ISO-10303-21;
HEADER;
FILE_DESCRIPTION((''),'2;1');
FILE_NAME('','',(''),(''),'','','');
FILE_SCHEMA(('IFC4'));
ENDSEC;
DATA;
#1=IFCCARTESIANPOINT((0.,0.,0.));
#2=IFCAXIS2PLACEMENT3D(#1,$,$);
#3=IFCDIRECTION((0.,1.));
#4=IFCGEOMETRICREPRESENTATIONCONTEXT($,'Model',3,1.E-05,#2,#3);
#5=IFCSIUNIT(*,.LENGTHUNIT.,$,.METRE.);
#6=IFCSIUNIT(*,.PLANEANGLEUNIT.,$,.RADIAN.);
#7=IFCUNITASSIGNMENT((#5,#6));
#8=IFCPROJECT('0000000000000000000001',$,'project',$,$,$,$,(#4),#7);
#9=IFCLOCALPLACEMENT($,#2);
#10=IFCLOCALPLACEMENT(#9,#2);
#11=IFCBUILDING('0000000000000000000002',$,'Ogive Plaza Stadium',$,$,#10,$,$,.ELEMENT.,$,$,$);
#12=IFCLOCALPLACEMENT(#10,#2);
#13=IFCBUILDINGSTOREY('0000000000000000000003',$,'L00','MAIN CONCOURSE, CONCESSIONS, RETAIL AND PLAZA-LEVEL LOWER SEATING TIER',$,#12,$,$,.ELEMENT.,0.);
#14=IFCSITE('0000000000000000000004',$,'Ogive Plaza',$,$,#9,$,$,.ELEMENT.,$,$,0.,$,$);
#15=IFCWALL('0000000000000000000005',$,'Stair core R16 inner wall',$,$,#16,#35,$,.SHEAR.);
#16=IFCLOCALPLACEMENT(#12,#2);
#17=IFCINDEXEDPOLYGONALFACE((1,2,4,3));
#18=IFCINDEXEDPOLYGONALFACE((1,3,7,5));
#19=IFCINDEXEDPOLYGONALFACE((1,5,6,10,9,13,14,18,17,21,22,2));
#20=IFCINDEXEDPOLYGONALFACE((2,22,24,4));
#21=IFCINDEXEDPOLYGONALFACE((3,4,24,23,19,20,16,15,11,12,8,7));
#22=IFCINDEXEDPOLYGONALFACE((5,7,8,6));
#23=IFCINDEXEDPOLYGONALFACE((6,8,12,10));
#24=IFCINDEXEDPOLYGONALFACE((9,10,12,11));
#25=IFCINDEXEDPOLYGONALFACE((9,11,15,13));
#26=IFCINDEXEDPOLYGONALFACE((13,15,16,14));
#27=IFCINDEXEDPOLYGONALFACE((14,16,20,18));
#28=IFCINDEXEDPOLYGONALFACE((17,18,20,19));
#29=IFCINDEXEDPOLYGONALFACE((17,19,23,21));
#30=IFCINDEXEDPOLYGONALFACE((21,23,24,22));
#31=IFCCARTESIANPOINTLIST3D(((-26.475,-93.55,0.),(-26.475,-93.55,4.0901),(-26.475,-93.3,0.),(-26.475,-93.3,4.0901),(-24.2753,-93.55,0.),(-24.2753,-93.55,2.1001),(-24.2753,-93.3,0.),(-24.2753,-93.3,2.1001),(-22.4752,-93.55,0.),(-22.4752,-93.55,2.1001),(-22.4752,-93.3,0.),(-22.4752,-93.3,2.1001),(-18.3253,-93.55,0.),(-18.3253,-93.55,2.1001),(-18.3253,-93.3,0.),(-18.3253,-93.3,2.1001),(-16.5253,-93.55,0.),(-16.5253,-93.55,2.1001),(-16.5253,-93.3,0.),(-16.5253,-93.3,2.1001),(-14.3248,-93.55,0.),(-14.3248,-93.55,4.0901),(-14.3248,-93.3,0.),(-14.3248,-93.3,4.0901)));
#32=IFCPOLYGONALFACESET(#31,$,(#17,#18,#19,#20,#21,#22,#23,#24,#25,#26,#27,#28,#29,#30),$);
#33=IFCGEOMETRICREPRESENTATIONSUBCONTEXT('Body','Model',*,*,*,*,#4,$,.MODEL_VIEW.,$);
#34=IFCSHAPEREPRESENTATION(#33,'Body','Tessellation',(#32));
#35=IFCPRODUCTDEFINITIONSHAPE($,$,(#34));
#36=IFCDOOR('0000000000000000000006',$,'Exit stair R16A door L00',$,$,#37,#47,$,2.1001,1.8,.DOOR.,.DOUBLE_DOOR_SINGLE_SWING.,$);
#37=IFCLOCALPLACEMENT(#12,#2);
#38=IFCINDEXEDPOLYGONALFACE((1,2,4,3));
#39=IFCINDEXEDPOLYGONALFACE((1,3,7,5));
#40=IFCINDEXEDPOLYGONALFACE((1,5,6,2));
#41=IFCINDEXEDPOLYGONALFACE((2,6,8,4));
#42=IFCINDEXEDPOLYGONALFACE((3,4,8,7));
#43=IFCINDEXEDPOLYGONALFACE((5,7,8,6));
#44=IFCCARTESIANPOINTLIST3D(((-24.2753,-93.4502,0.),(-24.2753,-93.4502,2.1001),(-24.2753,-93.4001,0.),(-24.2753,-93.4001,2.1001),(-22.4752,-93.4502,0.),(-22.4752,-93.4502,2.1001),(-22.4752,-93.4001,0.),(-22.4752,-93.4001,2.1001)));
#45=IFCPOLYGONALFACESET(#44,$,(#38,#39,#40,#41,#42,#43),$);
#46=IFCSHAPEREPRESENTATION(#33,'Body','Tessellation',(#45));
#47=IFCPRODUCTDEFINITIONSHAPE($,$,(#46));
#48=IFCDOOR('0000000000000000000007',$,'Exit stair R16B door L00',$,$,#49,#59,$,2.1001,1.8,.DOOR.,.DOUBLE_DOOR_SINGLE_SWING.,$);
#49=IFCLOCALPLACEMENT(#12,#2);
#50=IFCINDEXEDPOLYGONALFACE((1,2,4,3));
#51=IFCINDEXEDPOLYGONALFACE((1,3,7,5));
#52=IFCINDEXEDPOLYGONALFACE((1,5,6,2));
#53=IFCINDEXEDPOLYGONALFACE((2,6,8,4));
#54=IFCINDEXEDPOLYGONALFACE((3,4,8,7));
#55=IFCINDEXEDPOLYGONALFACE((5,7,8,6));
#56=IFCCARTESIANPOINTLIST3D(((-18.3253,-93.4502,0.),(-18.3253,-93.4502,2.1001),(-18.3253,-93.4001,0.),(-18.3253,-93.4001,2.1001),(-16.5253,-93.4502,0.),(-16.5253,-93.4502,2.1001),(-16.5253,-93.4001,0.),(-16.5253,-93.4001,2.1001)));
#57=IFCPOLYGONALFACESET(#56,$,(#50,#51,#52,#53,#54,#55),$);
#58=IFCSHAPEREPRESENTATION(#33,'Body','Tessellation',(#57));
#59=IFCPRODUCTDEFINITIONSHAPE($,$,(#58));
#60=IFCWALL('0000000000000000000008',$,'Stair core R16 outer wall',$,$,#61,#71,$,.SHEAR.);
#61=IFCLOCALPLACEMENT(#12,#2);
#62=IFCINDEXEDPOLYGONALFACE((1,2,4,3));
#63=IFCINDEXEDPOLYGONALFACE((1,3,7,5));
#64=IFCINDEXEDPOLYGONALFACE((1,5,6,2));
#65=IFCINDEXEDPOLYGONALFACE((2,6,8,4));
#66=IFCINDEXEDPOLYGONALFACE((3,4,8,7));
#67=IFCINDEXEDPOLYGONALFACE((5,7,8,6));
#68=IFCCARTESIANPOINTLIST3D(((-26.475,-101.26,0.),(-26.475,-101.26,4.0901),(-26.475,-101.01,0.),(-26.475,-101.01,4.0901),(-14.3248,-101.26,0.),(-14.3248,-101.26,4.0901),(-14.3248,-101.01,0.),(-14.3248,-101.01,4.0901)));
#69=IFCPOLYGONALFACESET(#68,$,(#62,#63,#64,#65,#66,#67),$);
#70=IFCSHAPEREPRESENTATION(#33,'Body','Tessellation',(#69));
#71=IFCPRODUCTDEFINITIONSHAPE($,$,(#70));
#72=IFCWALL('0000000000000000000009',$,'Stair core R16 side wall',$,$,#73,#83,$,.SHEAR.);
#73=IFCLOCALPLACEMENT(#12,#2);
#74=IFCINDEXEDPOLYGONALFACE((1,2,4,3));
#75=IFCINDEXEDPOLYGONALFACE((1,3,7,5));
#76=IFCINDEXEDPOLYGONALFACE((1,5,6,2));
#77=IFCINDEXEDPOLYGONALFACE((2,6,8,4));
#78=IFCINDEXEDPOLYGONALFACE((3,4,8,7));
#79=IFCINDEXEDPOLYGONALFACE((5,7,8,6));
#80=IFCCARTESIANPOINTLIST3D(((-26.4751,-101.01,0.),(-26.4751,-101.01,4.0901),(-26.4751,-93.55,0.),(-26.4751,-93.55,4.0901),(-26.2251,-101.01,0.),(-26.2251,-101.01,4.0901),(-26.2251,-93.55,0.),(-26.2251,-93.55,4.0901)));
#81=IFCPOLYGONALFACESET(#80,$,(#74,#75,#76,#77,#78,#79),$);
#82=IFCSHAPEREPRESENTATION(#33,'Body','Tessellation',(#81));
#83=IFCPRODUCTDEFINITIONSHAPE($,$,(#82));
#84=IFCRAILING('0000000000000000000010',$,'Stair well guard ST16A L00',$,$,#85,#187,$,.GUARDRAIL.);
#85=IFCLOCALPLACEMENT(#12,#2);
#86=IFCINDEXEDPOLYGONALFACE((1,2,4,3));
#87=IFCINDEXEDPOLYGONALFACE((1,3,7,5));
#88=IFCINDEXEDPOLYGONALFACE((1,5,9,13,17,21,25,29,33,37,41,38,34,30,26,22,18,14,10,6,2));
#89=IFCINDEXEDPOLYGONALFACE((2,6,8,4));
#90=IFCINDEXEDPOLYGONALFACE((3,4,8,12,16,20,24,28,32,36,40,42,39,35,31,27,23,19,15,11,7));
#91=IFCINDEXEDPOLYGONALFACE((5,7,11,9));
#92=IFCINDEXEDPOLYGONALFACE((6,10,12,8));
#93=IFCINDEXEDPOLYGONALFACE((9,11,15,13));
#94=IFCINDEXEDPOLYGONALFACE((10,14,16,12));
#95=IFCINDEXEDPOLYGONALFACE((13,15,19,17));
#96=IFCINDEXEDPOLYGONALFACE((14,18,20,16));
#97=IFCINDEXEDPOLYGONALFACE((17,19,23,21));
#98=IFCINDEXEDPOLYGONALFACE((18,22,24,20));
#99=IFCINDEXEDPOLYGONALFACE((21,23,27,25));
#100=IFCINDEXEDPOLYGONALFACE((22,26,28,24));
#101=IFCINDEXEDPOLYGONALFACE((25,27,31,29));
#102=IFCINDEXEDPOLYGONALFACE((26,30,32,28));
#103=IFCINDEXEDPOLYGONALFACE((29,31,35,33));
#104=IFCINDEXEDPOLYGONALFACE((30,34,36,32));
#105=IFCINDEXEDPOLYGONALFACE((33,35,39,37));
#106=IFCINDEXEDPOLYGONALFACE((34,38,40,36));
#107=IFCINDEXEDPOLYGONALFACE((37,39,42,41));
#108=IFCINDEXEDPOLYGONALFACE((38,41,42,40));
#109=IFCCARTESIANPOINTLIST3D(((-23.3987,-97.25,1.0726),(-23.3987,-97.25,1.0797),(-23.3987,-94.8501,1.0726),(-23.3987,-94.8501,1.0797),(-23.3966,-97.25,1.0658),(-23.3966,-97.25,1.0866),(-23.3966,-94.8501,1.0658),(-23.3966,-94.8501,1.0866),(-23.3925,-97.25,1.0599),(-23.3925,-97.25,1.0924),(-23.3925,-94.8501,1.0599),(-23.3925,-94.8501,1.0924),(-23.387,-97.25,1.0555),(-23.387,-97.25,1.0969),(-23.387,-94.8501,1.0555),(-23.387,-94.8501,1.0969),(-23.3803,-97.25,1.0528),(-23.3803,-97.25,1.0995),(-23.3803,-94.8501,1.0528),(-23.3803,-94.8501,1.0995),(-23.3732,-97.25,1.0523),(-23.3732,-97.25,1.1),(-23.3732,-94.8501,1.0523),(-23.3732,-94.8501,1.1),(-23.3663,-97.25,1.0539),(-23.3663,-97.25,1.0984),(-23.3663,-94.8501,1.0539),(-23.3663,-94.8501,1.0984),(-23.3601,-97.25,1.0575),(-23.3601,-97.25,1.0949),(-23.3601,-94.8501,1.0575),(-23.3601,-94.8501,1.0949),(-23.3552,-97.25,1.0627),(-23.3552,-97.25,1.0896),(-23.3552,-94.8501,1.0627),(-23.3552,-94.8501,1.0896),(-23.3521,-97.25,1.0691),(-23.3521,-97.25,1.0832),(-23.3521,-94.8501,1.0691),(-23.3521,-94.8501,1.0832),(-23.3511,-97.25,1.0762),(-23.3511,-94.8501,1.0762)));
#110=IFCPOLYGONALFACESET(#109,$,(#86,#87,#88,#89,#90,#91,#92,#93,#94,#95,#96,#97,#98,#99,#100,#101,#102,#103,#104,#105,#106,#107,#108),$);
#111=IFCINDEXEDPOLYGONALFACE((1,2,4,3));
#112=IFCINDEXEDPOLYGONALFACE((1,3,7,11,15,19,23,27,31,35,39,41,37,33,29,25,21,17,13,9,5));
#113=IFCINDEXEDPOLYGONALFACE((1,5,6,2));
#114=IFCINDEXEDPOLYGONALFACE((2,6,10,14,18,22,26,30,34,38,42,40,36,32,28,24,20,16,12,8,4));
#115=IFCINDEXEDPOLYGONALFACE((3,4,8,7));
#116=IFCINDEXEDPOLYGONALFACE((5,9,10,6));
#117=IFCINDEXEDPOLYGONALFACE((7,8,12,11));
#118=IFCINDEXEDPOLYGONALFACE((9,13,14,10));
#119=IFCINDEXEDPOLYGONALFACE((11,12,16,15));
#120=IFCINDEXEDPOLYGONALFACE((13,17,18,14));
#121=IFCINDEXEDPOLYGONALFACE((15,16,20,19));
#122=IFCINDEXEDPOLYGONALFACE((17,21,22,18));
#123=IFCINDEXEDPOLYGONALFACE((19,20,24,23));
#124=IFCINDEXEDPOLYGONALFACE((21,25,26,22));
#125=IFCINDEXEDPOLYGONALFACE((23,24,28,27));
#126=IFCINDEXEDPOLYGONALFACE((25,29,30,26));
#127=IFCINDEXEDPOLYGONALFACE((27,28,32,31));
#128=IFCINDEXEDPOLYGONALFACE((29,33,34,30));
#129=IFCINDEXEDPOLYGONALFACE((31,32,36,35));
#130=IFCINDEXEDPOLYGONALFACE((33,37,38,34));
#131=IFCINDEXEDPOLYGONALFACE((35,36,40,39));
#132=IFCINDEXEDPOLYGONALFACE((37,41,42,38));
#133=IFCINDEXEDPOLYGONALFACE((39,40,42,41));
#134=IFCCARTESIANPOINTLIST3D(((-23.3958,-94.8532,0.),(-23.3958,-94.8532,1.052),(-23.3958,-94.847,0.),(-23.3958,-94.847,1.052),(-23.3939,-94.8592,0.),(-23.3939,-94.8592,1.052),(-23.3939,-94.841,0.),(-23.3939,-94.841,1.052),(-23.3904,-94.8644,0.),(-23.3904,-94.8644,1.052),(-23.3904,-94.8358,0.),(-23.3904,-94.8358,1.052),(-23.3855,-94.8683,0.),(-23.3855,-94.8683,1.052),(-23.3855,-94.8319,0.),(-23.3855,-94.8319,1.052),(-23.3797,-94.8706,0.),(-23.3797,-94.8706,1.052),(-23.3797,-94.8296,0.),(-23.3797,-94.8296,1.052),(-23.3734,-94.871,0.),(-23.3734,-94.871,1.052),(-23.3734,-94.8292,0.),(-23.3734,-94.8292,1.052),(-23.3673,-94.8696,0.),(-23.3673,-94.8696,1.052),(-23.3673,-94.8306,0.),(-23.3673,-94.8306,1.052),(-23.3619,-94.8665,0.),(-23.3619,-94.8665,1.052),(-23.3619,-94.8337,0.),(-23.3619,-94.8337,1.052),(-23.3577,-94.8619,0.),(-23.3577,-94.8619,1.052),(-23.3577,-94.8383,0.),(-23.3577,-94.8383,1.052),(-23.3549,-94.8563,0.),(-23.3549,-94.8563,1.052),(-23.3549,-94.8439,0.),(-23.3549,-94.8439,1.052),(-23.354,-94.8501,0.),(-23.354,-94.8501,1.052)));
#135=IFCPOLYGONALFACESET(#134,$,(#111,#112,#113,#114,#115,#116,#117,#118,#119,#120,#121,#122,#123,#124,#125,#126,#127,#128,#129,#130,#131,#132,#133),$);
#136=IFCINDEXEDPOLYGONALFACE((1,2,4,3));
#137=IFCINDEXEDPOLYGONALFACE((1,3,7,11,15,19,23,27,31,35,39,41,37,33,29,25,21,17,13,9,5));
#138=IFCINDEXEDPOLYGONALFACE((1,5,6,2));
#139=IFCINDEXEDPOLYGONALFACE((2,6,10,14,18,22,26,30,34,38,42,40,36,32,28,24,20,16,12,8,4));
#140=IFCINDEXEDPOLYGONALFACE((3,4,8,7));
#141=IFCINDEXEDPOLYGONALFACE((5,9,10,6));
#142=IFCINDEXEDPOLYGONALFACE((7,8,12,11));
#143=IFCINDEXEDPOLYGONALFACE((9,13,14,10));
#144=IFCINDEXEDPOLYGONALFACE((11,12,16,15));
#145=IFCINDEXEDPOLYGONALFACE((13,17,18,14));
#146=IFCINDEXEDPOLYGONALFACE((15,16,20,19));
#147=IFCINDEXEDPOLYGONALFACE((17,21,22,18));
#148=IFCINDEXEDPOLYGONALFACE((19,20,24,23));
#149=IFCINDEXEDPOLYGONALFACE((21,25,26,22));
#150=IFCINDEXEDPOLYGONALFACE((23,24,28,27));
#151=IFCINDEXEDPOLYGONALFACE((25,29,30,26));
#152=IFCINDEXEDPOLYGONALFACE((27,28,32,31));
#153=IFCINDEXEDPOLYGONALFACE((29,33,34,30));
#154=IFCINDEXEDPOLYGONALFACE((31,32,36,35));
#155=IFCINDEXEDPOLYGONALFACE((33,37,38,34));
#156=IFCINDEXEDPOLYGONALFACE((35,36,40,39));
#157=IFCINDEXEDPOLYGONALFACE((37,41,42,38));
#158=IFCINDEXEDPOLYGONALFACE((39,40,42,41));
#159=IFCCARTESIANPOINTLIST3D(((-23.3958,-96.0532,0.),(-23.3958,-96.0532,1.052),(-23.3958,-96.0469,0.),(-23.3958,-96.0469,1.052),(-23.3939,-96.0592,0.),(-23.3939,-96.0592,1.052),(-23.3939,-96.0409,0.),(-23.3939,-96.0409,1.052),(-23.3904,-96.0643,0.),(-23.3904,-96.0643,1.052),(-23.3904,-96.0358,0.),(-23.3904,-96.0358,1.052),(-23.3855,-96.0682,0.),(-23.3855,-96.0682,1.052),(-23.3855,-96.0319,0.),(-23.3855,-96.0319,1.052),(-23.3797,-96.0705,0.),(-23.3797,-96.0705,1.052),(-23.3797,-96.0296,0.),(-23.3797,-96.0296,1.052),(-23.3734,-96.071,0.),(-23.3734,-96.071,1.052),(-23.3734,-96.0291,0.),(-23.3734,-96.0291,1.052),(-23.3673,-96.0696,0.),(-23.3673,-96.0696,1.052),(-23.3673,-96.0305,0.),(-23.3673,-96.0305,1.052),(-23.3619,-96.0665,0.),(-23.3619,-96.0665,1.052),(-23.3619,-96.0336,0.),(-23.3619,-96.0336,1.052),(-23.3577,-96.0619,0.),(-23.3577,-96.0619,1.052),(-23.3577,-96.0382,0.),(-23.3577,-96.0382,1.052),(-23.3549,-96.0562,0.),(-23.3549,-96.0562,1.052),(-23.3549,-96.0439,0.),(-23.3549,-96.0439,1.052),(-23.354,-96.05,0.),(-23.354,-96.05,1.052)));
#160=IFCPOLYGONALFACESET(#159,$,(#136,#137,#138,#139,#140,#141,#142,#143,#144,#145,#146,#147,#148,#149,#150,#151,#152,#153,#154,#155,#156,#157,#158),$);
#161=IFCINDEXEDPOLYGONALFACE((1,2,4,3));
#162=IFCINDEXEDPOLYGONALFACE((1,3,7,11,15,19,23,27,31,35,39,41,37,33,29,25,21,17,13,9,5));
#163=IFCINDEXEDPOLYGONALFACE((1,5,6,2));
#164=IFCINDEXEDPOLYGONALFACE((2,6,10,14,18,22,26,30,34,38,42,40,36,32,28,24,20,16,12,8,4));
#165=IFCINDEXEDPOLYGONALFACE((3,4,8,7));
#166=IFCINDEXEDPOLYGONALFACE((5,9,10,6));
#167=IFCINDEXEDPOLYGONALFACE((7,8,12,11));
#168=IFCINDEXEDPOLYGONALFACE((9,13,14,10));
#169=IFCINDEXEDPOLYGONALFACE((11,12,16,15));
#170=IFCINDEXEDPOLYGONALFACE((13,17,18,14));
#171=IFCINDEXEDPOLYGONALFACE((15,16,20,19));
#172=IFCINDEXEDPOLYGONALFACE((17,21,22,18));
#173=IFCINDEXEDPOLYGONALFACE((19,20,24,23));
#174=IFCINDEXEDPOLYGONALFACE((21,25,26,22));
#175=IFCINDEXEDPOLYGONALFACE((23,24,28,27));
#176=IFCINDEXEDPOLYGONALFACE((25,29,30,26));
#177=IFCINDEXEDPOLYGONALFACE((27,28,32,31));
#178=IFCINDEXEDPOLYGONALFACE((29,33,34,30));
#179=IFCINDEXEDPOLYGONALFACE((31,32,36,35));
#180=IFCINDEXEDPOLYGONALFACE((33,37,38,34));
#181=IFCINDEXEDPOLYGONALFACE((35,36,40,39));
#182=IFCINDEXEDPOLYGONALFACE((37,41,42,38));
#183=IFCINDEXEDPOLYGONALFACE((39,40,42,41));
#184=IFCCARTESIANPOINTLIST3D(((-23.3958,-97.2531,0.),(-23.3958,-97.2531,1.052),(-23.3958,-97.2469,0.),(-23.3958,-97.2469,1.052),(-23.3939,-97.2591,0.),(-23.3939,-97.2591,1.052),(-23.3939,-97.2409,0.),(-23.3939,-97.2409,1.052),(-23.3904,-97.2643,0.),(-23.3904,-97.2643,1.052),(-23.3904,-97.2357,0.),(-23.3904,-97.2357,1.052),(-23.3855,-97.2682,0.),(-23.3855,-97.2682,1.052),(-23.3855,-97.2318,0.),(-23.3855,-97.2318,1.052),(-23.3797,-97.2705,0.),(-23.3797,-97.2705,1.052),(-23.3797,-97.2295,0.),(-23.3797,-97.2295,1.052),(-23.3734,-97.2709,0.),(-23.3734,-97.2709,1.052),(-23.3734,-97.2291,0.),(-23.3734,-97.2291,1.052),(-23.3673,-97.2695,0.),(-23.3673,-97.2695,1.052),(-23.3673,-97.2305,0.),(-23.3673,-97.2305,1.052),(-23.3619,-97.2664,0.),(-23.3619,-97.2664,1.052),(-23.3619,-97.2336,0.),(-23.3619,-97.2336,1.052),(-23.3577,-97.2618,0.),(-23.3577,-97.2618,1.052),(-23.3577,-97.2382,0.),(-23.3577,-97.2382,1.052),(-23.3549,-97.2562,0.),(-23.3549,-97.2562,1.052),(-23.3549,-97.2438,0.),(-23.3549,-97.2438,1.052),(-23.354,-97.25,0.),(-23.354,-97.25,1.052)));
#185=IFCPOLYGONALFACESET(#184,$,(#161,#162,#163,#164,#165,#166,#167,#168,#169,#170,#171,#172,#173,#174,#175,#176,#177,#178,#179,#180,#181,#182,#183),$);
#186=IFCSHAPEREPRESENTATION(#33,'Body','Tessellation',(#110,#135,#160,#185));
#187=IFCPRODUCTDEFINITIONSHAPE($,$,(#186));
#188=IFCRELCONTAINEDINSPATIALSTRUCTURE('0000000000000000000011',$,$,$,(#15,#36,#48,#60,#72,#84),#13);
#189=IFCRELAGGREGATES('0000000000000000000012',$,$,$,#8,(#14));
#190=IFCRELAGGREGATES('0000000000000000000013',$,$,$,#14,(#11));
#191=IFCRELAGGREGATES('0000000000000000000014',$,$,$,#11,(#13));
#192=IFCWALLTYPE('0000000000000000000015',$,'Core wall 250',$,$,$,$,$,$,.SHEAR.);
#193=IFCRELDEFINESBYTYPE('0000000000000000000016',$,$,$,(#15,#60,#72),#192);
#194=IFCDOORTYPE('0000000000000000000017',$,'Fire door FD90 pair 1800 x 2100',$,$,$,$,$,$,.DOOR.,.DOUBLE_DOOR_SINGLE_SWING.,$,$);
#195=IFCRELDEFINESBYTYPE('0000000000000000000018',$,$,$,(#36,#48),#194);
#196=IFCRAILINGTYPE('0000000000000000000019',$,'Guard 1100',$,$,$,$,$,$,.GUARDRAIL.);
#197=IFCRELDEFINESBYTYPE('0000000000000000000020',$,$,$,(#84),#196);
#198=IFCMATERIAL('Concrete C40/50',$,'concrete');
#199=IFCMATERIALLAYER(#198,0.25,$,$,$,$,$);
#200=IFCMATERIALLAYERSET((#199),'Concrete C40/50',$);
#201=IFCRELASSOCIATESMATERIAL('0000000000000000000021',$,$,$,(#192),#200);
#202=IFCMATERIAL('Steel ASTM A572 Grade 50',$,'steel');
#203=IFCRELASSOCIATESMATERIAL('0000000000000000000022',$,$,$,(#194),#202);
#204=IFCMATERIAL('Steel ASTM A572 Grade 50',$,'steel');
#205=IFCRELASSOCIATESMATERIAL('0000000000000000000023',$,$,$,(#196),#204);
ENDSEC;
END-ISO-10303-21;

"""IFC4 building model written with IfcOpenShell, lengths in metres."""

from ifc_helpers import new_model, si_unit, direction, frame, frame_2d, origin, origin_2d, place, context, subcontext, project, spatial, rectangle, circle, extrude, material, layer, layer_set, type_object, element, fill, save


model = new_model("IFC4")

# Units and contexts
model_context = context("Model", 3, precision=1e-05, world=origin(), true_north=direction((0.0, 1.0)))
body_context = subcontext(model_context, "Body", "Model", "MODEL_VIEW")
ifc_project = project(units=[si_unit("LENGTHUNIT", "METRE"), si_unit("PLANEANGLEUNIT", "RADIAN")], contexts=[model_context])

# Site, building, storey
site_placement = place(None, origin())
site = spatial("IfcSite", under=ifc_project, at=site_placement, Name="Ogive Plaza", CompositionType="ELEMENT", RefElevation=0.0)
building_placement = place(site_placement, origin())
building = spatial("IfcBuilding", under=site, at=building_placement, Name="Ogive Plaza Stadium", CompositionType="ELEMENT")
storey_placement = place(building_placement, origin())
storey = spatial("IfcBuildingStorey", under=building, at=storey_placement, Name="L00", Description="MAIN CONCOURSE, CONCESSIONS, RETAIL AND PLAZA-LEVEL LOWER SEATING TIER", CompositionType="ELEMENT", Elevation=0.0)

# Wall, openings, doors
ifc_material_1 = material(Name="Concrete C40/50", Category="concrete")
ifc_layer_1 = layer(ifc_material_1, 0.25)
ifc_layer_set_1 = layer_set([ifc_layer_1], Name="Concrete C40/50")
wall_type_1 = type_object("IfcWallType", Name="Core wall 250", PredefinedType="SHEAR", material=ifc_layer_set_1)
wall_1_placement = place(storey_placement, frame((-26.4751, -93.425, 0.0), z_axis=(0.0, 0.0, 1.0), x_axis=(1.0, 0.0, 0.0)))
wall_1 = element("IfcWall", 1, at=wall_1_placement, inside=storey, type_object=wall_type_1, Name="Stair core R16 inner wall", PredefinedType="SHEAR", context=body_context, shape_type="SweptSolid", body=[
    extrude(rectangle(XDim=12.1501, YDim=0.25, at=frame_2d((6.0752, 0.0))), origin(), (0.0, 0.0, 1.0), 4.0901),
])
opening_1_placement = place(wall_1_placement, frame((2.2, 0.0, 0.0)))
opening_1 = element("IfcOpeningElement", 2, at=opening_1_placement, cuts=wall_1, PredefinedType="OPENING", context=body_context, shape_type="SweptSolid", body=[
    extrude(rectangle(XDim=1.8, YDim=2.1001, at=frame_2d((0.8999, 1.05))), frame((0.0, 0.125, 0.0), z_axis=(0.0, -1.0, 0.0), x_axis=(1.0, 0.0, 0.0)), (0.0, 0.0, 1.0), 0.25),
])
opening_2_placement = place(wall_1_placement, frame((8.1499, 0.0, 0.0)))
opening_2 = element("IfcOpeningElement", 3, at=opening_2_placement, cuts=wall_1, PredefinedType="OPENING", context=body_context, shape_type="SweptSolid", body=[
    extrude(rectangle(XDim=1.8, YDim=2.1001, at=frame_2d((0.8999, 1.05))), frame((0.0, 0.125, 0.0), z_axis=(0.0, -1.0, 0.0), x_axis=(1.0, 0.0, 0.0)), (0.0, 0.0, 1.0), 0.25),
])
ifc_material_2 = material(Name="Steel ASTM A572 Grade 50", Category="steel")
door_type_1 = type_object("IfcDoorType", Name="Fire door FD90 pair 1800 x 2100", OperationType="DOUBLE_DOOR_SINGLE_SWING", PredefinedType="DOOR", material=ifc_material_2)
door_1_placement = place(opening_1_placement, origin())
door_1 = element("IfcDoor", 4, at=door_1_placement, inside=storey, type_object=door_type_1, Name="Exit stair R16A door L00", OperationType="DOUBLE_DOOR_SINGLE_SWING", OverallHeight=2.1001, OverallWidth=1.8, PredefinedType="DOOR", context=body_context, shape_type="SweptSolid", body=[
    extrude(rectangle(XDim=1.8, YDim=2.1001, at=frame_2d((0.8999, 1.05))), frame((0.0, 0.0249, 0.0), z_axis=(0.0, -1.0, 0.0), x_axis=(1.0, 0.0, 0.0)), (0.0, 0.0, 1.0), 0.05),
])
fill(opening_1, door_1)
door_2_placement = place(opening_2_placement, origin())
door_2 = element("IfcDoor", 5, at=door_2_placement, inside=storey, type_object=door_type_1, Name="Exit stair R16B door L00", OperationType="DOUBLE_DOOR_SINGLE_SWING", OverallHeight=2.1001, OverallWidth=1.8, PredefinedType="DOOR", context=body_context, shape_type="SweptSolid", body=[
    extrude(rectangle(XDim=1.8, YDim=2.1001, at=frame_2d((0.8999, 1.05))), frame((0.0, 0.0249, 0.0), z_axis=(0.0, -1.0, 0.0), x_axis=(1.0, 0.0, 0.0)), (0.0, 0.0, 1.0), 0.05),
])
fill(opening_2, door_2)

# Walls
wall_2_placement = place(storey_placement, frame((-26.4751, -101.135, 0.0), z_axis=(0.0, 0.0, 1.0), x_axis=(1.0, 0.0, 0.0)))
element("IfcWall", 6, at=wall_2_placement, inside=storey, type_object=wall_type_1, Name="Stair core R16 outer wall", PredefinedType="SHEAR", context=body_context, shape_type="SweptSolid", body=[
    extrude(rectangle(XDim=12.1501, YDim=0.25, at=frame_2d((6.0752, 0.0))), origin(), (0.0, 0.0, 1.0), 4.0901),
])
wall_3_placement = place(storey_placement, frame((-26.3501, -93.55, 0.0), z_axis=(0.0, 0.0, 1.0), x_axis=(0.0, -1.0, 0.0)))
element("IfcWall", 7, at=wall_3_placement, inside=storey, type_object=wall_type_1, Name="Stair core R16 side wall", PredefinedType="SHEAR", context=body_context, shape_type="SweptSolid", body=[
    extrude(rectangle(XDim=7.46, YDim=0.25, at=frame_2d((3.73, 0.0))), origin(), (0.0, 0.0, 1.0), 4.0901),
])

# Railing
ifc_material_3 = material(Name="Steel ASTM A572 Grade 50", Category="steel")
railing_type_1 = type_object("IfcRailingType", Name="Guard 1100", PredefinedType="GUARDRAIL", material=ifc_material_3)
for number, where, name in (
    (8, (-23.375, -94.8501, 0.0), "Stair well guard ST16A L00"),
):
    element("IfcRailing", number, at=place(storey_placement, frame(where)), inside=storey, type_object=railing_type_1, Name=name, PredefinedType="GUARDRAIL", context=body_context, shape_type="SweptSolid", body=[
        extrude(circle(Radius=0.0239, at=origin_2d()), frame((0.0, 0.0, 1.0762), z_axis=(0.0, -1.0, 0.0), x_axis=(1.0, 0.0, 0.0)), (0.0, 0.0, 1.0), 2.3999),
        extrude(circle(Radius=0.021, at=origin_2d()), origin(), (0.0, 0.0, 1.0), 1.052),
        extrude(circle(Radius=0.021, at=origin_2d()), frame((0.0, -1.2, 0.0)), (0.0, 0.0, 1.0), 1.052),
        extrude(circle(Radius=0.021, at=origin_2d()), frame((0.0, -2.3999, 0.0)), (0.0, 0.0, 1.0), 1.052),
    ])

save(model, "model.ifc")
